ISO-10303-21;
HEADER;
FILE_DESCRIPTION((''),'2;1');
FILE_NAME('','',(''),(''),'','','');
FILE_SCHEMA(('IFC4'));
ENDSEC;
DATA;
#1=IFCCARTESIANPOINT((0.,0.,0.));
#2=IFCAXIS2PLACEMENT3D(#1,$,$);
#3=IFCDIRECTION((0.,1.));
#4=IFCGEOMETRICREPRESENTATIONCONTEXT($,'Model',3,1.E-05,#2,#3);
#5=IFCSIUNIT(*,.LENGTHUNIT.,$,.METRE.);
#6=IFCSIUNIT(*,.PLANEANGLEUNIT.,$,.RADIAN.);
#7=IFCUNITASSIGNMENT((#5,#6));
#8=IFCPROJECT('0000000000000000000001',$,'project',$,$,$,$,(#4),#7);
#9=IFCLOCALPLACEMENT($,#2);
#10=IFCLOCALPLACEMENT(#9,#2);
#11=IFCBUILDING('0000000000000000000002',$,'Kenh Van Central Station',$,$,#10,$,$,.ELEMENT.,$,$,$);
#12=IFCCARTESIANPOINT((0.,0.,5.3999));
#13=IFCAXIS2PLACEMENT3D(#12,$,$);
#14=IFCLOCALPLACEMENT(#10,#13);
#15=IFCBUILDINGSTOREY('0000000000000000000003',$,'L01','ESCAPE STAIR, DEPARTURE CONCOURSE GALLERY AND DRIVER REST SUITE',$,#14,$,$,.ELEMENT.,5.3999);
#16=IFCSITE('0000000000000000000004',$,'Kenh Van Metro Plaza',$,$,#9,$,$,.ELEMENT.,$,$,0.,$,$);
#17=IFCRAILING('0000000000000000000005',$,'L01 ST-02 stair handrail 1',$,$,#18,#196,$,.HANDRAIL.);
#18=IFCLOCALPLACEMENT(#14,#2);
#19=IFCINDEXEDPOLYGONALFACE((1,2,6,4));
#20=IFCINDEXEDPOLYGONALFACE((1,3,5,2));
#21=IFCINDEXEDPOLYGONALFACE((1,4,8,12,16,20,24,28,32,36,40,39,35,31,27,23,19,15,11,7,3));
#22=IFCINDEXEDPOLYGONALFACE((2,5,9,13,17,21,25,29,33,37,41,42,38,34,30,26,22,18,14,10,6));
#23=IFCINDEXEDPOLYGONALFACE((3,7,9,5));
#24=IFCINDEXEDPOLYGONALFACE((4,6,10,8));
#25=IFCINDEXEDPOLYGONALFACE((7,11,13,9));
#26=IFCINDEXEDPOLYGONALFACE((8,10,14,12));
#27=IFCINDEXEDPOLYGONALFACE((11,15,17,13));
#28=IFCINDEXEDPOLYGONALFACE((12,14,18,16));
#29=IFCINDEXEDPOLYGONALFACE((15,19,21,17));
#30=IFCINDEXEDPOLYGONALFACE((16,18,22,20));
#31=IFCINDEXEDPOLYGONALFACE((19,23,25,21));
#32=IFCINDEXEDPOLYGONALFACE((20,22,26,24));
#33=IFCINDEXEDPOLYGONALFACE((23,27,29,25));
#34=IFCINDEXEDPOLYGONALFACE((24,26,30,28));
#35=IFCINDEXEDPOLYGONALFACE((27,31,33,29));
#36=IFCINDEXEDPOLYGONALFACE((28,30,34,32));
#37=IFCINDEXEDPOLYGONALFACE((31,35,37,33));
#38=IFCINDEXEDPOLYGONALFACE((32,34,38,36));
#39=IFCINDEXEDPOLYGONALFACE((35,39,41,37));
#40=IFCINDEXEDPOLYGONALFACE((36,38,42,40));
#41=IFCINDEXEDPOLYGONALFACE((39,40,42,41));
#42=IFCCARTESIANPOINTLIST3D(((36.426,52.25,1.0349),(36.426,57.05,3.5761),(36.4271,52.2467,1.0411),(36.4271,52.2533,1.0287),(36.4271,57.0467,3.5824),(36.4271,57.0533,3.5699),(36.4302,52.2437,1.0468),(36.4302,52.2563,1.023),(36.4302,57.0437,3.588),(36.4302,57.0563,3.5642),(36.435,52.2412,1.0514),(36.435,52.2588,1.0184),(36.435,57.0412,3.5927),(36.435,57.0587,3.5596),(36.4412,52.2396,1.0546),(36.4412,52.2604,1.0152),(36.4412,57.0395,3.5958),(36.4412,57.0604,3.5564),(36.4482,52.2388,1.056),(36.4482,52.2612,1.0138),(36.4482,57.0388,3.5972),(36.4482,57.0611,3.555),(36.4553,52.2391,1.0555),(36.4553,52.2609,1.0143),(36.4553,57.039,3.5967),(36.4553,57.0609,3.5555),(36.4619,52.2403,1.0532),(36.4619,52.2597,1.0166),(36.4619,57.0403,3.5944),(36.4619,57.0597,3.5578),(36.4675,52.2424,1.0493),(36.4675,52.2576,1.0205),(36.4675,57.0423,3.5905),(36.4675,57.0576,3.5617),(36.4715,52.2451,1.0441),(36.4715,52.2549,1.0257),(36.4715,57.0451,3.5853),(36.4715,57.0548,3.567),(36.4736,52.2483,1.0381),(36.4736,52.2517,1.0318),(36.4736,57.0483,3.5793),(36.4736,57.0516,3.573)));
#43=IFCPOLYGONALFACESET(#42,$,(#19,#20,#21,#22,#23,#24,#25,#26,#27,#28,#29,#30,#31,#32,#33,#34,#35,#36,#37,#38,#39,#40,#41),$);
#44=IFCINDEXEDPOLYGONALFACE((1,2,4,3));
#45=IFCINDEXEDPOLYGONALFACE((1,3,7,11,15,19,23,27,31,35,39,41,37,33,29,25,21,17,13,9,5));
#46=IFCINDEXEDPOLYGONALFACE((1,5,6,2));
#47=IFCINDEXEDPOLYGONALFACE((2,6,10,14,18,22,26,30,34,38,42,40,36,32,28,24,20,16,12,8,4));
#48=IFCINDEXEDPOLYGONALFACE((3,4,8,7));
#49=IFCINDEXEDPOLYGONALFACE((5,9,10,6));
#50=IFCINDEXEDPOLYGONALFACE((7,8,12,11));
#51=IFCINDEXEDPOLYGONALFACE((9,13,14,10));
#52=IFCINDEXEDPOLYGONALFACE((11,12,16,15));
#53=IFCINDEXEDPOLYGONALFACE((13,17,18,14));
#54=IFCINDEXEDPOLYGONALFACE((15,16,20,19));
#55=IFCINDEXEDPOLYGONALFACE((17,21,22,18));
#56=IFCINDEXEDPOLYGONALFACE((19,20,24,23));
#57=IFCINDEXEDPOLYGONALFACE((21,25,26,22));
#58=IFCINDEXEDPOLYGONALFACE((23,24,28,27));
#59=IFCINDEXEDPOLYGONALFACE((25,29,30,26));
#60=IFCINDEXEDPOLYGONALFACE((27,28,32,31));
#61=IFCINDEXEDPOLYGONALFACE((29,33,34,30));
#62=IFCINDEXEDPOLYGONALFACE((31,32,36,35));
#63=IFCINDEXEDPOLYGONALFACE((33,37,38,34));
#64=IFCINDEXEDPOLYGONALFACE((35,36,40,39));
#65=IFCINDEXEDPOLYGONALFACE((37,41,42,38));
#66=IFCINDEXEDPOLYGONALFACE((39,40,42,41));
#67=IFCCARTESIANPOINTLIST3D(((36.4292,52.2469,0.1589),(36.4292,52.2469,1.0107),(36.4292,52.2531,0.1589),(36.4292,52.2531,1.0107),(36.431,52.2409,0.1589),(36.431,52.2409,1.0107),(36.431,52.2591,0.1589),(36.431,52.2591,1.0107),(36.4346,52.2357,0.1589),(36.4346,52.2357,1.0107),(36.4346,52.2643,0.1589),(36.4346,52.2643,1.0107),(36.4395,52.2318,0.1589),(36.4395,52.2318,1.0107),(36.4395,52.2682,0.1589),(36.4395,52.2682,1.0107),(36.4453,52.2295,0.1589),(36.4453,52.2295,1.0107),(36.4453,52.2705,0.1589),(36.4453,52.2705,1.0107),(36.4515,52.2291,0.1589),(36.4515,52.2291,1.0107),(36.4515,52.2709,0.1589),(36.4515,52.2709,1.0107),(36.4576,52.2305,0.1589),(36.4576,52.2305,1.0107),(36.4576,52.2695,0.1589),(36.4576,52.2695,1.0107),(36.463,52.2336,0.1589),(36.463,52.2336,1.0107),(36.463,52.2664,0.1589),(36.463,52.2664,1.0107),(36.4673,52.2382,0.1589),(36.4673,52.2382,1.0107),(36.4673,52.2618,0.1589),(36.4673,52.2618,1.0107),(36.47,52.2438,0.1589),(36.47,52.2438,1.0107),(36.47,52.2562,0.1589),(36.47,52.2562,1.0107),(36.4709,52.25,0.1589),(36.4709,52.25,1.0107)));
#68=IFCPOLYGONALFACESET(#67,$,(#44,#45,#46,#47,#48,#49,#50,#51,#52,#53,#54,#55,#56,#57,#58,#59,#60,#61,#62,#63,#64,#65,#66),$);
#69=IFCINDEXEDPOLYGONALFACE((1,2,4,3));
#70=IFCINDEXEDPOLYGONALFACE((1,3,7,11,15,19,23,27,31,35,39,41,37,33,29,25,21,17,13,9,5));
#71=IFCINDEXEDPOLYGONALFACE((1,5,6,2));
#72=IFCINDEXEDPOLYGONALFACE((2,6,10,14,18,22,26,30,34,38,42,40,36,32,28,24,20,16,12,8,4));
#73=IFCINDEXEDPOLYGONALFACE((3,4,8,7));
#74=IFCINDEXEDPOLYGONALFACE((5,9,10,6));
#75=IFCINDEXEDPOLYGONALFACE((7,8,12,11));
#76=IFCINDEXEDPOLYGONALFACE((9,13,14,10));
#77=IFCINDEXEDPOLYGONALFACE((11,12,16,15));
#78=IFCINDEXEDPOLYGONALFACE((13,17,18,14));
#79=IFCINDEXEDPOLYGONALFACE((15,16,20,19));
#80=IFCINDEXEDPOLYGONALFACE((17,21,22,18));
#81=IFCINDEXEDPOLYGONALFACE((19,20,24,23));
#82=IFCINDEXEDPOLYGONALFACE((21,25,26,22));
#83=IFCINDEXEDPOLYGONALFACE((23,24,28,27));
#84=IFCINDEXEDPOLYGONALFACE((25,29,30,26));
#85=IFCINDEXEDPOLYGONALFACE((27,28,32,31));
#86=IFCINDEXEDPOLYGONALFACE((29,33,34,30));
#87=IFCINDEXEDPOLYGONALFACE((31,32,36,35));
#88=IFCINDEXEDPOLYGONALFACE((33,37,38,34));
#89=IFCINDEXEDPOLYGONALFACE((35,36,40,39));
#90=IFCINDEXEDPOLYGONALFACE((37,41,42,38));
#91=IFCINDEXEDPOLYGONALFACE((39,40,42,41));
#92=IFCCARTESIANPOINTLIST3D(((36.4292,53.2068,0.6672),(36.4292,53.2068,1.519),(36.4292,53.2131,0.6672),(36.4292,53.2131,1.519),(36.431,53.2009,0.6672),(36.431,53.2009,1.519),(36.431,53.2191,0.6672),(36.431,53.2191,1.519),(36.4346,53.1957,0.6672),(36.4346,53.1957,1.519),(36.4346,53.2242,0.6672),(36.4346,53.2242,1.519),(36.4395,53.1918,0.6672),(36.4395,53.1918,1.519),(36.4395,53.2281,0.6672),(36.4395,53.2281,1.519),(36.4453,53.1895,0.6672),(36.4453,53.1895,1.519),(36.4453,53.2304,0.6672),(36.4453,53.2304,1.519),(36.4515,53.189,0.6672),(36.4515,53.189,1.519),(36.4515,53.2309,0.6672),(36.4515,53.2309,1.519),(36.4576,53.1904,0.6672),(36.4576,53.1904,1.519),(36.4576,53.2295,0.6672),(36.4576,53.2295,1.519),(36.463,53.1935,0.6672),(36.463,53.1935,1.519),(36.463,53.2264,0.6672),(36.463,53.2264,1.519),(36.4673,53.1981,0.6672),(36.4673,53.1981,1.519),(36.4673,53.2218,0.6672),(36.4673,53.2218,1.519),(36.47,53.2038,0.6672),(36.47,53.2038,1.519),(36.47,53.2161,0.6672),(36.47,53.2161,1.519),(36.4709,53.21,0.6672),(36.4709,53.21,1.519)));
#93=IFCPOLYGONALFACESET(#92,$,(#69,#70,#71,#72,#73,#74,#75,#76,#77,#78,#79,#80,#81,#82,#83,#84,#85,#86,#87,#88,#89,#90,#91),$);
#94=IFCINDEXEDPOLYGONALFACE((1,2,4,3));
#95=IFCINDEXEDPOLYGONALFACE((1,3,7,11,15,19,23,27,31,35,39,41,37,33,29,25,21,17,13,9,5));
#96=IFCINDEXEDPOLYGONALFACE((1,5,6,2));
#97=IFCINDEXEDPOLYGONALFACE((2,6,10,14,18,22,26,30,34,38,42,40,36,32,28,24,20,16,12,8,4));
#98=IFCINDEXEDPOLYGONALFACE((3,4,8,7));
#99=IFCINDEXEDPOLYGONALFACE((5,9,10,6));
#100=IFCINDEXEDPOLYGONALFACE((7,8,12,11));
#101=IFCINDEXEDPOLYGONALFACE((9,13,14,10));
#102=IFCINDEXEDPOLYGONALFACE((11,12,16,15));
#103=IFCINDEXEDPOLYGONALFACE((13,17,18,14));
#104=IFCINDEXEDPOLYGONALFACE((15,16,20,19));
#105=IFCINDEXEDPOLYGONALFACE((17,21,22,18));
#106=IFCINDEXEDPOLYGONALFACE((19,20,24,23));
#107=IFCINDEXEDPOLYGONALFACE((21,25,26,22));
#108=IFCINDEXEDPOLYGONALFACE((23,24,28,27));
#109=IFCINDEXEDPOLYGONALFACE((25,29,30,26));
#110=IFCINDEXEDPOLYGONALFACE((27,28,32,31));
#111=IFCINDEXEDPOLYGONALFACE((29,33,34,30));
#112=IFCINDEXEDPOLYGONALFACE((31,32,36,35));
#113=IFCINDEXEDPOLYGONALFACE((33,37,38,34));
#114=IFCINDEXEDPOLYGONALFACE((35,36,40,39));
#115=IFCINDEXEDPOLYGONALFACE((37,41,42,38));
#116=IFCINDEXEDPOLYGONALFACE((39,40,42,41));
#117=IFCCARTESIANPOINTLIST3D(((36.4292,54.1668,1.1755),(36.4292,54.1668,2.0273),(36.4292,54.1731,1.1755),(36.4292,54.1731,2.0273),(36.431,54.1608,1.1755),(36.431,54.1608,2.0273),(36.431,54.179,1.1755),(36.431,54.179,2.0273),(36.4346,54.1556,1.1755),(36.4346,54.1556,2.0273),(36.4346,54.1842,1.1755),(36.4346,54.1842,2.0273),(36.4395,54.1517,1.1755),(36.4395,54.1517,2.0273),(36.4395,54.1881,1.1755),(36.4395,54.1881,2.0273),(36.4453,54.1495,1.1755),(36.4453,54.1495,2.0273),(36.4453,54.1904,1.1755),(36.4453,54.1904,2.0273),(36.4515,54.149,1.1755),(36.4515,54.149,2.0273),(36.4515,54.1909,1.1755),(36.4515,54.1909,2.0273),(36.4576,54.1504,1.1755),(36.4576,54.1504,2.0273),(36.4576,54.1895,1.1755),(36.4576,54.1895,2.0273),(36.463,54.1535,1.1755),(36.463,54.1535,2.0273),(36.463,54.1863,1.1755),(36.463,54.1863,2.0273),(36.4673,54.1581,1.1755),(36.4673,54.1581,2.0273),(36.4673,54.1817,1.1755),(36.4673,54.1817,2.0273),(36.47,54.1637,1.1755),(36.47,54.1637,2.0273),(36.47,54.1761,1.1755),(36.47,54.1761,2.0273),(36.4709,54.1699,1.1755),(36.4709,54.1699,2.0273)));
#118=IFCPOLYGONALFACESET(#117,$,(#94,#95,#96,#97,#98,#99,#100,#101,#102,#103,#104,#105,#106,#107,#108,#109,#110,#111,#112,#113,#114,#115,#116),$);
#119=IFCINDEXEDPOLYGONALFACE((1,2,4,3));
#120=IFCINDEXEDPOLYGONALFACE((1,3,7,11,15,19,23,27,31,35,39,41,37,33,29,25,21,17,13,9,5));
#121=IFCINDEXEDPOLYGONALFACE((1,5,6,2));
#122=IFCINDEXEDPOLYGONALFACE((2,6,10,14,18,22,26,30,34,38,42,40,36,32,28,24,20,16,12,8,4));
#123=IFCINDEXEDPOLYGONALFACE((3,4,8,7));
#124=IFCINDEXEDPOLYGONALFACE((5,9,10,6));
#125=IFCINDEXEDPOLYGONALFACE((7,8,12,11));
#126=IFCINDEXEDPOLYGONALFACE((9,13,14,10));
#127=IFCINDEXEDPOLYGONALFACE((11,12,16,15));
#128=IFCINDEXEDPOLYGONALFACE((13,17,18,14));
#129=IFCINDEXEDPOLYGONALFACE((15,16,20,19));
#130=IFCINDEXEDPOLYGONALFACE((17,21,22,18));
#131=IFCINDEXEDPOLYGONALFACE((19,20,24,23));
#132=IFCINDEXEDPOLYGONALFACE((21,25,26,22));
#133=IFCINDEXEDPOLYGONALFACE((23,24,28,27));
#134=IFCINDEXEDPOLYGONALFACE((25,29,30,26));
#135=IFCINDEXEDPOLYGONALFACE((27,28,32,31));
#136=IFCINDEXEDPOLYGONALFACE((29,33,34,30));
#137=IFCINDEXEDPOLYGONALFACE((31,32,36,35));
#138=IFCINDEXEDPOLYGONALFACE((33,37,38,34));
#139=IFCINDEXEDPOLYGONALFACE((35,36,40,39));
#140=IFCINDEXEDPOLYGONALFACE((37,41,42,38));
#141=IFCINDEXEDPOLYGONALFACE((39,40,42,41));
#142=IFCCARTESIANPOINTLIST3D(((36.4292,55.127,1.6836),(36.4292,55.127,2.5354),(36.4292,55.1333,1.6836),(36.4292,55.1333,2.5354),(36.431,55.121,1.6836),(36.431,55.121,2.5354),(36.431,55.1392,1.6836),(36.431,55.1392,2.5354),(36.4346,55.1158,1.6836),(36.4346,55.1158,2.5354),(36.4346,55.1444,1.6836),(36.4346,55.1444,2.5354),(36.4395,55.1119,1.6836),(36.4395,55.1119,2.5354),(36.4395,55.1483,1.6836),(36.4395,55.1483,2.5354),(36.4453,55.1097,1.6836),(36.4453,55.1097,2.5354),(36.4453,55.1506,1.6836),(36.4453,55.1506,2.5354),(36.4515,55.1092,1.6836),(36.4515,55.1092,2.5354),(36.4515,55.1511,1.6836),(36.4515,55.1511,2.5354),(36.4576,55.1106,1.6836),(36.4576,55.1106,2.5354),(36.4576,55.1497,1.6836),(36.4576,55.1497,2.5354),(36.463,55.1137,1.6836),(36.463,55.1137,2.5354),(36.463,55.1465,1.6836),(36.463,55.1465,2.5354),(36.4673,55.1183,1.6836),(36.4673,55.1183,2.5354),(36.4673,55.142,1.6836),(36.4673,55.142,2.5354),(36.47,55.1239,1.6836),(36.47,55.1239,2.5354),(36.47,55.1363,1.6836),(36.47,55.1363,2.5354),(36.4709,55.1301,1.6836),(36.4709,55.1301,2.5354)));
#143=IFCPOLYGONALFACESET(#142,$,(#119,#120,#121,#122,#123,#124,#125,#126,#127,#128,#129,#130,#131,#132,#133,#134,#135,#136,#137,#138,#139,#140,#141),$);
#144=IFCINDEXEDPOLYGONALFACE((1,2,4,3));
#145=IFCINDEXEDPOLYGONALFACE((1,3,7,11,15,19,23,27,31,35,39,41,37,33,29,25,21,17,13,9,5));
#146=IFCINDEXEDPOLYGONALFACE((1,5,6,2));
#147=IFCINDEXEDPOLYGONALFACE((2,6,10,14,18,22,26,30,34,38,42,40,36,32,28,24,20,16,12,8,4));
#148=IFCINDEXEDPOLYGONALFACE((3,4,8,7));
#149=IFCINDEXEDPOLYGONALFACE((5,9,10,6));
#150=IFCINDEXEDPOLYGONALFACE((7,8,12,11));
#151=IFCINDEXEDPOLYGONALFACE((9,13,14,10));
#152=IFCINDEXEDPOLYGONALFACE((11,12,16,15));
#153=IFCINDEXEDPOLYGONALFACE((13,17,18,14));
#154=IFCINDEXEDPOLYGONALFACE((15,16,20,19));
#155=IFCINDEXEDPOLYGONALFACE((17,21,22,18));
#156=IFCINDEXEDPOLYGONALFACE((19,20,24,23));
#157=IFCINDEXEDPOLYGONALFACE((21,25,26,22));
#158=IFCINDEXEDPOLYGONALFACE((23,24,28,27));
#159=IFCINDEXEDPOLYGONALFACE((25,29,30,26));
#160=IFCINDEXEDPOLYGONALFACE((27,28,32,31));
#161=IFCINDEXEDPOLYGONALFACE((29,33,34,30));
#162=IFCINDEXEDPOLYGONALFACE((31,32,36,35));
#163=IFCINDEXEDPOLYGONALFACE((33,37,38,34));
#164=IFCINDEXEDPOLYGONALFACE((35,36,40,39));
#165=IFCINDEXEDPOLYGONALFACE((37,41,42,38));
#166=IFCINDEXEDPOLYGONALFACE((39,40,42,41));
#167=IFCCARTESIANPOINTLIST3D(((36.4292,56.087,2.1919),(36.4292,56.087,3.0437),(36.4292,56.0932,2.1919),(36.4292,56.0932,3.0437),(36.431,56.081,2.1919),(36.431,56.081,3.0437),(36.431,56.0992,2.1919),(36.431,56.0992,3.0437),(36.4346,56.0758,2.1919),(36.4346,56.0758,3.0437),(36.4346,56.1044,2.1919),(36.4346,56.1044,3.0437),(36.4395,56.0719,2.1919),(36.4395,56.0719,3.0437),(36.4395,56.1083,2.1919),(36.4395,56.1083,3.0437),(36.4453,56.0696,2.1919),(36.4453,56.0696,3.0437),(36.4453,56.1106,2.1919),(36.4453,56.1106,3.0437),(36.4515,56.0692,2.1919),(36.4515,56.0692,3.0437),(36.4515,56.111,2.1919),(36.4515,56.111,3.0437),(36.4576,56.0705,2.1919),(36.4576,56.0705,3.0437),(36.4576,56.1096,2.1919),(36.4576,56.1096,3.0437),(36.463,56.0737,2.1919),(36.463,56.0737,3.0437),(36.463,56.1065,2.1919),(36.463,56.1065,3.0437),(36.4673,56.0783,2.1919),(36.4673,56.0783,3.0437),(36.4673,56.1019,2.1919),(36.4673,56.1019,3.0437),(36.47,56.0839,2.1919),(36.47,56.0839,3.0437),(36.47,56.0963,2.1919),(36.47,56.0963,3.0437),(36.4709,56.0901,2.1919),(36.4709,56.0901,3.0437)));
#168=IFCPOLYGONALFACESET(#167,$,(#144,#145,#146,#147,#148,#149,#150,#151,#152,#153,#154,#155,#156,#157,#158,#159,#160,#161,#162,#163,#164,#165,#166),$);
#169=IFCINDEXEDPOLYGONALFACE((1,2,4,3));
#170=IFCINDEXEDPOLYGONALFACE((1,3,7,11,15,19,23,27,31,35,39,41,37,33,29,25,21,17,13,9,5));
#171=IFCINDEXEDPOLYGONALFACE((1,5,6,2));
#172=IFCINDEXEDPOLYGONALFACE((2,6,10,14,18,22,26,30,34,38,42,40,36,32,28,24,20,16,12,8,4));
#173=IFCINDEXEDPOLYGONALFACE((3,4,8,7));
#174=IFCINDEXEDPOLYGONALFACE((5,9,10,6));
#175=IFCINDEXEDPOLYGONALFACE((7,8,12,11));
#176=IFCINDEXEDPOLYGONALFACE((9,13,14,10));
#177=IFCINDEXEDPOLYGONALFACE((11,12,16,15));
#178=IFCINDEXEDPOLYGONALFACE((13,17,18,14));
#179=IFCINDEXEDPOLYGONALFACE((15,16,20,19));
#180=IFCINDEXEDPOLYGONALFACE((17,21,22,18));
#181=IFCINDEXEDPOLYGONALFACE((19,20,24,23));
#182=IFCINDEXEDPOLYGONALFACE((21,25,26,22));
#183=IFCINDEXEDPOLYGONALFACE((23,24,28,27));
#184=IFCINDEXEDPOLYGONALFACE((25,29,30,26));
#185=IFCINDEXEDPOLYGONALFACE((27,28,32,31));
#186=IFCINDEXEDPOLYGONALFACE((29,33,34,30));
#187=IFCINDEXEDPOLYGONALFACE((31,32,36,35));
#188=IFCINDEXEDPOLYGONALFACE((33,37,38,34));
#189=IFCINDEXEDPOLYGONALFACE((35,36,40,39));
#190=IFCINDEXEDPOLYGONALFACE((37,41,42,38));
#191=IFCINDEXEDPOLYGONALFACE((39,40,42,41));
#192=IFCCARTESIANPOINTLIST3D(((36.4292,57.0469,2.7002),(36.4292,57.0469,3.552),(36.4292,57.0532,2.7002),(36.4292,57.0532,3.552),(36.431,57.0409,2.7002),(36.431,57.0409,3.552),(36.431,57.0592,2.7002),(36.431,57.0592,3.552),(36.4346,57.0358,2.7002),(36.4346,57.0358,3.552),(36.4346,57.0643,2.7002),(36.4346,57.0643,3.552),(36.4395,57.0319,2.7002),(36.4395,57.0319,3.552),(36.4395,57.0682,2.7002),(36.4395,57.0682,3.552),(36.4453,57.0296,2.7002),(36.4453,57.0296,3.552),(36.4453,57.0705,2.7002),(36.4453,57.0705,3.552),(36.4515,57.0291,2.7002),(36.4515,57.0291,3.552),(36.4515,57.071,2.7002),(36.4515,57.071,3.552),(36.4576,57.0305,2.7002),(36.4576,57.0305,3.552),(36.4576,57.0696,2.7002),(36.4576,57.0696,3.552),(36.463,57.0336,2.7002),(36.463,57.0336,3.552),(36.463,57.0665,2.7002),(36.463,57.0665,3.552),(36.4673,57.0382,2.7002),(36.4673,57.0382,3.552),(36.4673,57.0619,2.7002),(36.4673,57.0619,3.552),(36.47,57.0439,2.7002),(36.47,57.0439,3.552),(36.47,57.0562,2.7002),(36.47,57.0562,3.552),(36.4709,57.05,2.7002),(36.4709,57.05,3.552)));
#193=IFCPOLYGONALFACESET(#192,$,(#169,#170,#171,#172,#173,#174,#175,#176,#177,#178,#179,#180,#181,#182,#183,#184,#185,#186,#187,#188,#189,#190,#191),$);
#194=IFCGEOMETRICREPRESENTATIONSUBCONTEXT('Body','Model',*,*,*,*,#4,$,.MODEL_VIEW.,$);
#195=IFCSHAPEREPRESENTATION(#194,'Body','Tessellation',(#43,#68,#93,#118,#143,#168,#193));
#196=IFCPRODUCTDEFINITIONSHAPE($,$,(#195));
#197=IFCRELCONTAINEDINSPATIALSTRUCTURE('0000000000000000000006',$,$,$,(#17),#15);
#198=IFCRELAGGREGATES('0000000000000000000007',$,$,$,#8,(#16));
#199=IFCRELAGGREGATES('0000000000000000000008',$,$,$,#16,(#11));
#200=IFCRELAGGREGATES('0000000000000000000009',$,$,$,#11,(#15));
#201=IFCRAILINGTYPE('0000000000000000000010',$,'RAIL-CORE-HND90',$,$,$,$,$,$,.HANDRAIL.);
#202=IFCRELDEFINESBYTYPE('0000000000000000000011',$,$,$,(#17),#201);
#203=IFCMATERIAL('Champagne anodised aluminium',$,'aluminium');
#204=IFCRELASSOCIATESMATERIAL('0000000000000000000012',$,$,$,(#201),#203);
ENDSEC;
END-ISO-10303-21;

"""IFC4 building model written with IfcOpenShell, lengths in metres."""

from ifc_helpers import new_model, si_unit, direction, frame, origin, origin_2d, place, context, subcontext, project, spatial, circle, extrude, material, type_object, element, save


model = new_model("IFC4")

# Units and contexts
model_context = context("Model", 3, precision=1e-05, world=origin(), true_north=direction((0.0, 1.0)))
body_context = subcontext(model_context, "Body", "Model", "MODEL_VIEW")
ifc_project = project(units=[si_unit("LENGTHUNIT", "METRE"), si_unit("PLANEANGLEUNIT", "RADIAN")], contexts=[model_context])

# Site, building, storey
site_placement = place(None, origin())
site = spatial("IfcSite", under=ifc_project, at=site_placement, Name="Kenh Van Metro Plaza", CompositionType="ELEMENT", RefElevation=0.0)
building_placement = place(site_placement, origin())
building = spatial("IfcBuilding", under=site, at=building_placement, Name="Kenh Van Central Station", CompositionType="ELEMENT")
storey_placement = place(building_placement, frame((0.0, 0.0, 5.3999)))
storey = spatial("IfcBuildingStorey", under=building, at=storey_placement, Name="L01", Description="ESCAPE STAIR, DEPARTURE CONCOURSE GALLERY AND DRIVER REST SUITE", CompositionType="ELEMENT", Elevation=5.3999)

# Shared definitions
ifc_material_1 = material(Name="Champagne anodised aluminium", Category="aluminium")

# Railing
railing_type_1 = type_object("IfcRailingType", Name="RAIL-CORE-HND90", PredefinedType="HANDRAIL", material=ifc_material_1)
railing_1_placement = place(storey_placement, frame((36.45, 52.25, 0.1589)))
element("IfcRailing", 1, at=railing_1_placement, inside=storey, type_object=railing_type_1, Name="L01 ST-02 stair handrail 1", PredefinedType="HANDRAIL", context=body_context, shape_type="SweptSolid", body=[
    extrude(circle(Radius=0.0239, at=origin_2d()), frame((0.0, 0.0, 0.876), z_axis=(0.0, 0.883784, 0.467896), x_axis=(-1.0, 0.0, 0.0)), (0.0, 0.0, 1.0), 5.4312),
    extrude(circle(Radius=0.021, at=origin_2d()), origin(), (0.0, 0.0, 1.0), 0.8518),
    extrude(circle(Radius=0.021, at=origin_2d()), frame((0.0, 0.96, 0.5083)), (0.0, 0.0, 1.0), 0.8518),
    extrude(circle(Radius=0.021, at=origin_2d()), frame((0.0, 1.9199, 1.0166)), (0.0, 0.0, 1.0), 0.8518),
    extrude(circle(Radius=0.021, at=origin_2d()), frame((0.0, 2.8801, 1.5247)), (0.0, 0.0, 1.0), 0.8518),
    extrude(circle(Radius=0.021, at=origin_2d()), frame((0.0, 3.8401, 2.033)), (0.0, 0.0, 1.0), 0.8518),
    extrude(circle(Radius=0.021, at=origin_2d()), frame((0.0, 4.8, 2.5413)), (0.0, 0.0, 1.0), 0.8518),
])

save(model, "model.ifc")
